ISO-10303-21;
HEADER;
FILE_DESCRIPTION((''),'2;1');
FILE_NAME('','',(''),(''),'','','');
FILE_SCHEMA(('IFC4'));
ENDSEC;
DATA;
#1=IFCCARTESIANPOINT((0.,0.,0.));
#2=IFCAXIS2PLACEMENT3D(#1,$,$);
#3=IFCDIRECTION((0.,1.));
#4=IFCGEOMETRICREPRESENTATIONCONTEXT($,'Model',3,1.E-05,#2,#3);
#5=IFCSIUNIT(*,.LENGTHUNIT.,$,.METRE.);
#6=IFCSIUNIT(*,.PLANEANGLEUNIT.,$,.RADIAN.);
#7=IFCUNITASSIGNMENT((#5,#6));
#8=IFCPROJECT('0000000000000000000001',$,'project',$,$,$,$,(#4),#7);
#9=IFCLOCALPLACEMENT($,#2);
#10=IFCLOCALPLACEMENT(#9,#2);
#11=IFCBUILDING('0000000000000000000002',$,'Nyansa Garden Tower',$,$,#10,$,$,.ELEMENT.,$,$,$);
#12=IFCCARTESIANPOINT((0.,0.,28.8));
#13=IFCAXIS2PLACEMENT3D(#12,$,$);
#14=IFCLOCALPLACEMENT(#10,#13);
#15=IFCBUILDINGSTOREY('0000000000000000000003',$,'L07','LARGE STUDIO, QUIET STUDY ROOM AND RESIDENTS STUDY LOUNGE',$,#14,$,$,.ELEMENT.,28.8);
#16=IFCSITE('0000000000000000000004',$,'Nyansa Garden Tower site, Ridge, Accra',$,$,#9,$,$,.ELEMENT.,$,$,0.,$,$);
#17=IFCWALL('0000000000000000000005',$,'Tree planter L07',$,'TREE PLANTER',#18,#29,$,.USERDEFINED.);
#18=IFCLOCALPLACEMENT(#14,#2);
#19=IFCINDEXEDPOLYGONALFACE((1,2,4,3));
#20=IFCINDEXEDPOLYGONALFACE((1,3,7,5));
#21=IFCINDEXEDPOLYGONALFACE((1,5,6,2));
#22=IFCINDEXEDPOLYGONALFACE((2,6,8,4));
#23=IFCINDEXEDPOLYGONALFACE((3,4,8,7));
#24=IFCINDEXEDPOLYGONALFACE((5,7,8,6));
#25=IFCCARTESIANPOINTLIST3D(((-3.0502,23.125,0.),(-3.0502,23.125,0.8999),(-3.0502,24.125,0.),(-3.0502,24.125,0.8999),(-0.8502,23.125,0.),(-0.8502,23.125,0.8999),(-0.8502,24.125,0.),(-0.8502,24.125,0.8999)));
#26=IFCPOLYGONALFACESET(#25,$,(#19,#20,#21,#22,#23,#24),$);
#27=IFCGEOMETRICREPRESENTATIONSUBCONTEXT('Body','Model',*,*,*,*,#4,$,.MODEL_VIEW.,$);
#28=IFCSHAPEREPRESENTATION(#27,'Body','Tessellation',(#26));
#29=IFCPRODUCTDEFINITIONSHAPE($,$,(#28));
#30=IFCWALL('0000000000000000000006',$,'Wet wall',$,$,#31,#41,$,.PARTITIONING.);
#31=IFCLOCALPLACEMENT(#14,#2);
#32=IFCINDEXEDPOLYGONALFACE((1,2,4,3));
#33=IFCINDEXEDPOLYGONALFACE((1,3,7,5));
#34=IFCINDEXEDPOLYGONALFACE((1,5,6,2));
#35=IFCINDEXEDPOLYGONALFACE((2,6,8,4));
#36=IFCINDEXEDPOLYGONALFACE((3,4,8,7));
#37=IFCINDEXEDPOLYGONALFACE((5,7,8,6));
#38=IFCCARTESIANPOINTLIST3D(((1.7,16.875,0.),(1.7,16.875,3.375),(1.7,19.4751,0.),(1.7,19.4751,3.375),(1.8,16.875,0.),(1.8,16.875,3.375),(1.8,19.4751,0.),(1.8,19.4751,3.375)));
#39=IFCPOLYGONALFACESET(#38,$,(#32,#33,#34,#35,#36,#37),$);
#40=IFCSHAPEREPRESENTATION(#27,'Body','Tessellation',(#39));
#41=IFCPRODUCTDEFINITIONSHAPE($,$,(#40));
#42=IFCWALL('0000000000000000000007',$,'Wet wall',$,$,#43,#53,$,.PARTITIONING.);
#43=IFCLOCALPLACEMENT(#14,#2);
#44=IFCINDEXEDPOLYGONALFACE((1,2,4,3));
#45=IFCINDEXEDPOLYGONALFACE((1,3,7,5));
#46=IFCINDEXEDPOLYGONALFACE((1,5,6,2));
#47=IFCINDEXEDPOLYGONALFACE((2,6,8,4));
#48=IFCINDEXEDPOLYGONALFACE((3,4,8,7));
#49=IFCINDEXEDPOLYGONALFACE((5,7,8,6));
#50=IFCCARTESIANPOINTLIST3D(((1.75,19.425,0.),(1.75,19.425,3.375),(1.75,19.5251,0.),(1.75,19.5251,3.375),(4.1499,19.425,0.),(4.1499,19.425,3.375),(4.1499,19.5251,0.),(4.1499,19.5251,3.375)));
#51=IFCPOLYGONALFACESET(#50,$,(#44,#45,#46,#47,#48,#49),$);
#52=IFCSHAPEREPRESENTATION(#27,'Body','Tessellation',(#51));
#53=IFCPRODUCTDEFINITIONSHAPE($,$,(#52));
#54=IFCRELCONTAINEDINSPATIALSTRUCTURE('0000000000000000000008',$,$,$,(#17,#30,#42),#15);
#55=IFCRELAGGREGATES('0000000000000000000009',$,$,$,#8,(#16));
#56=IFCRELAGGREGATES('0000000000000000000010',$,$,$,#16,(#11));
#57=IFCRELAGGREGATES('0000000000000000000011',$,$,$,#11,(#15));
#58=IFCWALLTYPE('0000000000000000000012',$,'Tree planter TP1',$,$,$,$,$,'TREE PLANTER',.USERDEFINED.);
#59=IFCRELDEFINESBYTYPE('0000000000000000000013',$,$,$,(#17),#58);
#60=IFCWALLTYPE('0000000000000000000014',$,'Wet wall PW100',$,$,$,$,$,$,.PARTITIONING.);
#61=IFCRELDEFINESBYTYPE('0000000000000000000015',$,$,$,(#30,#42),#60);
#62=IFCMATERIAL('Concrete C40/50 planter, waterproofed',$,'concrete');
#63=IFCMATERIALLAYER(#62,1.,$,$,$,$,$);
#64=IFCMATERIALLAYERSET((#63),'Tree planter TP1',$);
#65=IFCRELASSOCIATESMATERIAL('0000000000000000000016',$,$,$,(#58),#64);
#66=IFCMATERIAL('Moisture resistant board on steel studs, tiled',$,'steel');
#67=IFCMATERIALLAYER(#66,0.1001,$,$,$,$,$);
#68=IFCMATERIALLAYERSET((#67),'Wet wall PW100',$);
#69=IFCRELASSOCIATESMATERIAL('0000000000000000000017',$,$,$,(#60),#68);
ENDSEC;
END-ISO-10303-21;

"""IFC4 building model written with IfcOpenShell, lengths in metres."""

from ifc_helpers import new_model, si_unit, direction, frame, frame_2d, origin, place, context, subcontext, project, spatial, rectangle, extrude, material, layer, layer_set, type_object, element, save


model = new_model("IFC4")

# Units and contexts
model_context = context("Model", 3, precision=1e-05, world=origin(), true_north=direction((0.0, 1.0)))
body_context = subcontext(model_context, "Body", "Model", "MODEL_VIEW")
ifc_project = project(units=[si_unit("LENGTHUNIT", "METRE"), si_unit("PLANEANGLEUNIT", "RADIAN")], contexts=[model_context])

# Site, building, storey
site_placement = place(None, origin())
site = spatial("IfcSite", under=ifc_project, at=site_placement, Name="Nyansa Garden Tower site, Ridge, Accra", CompositionType="ELEMENT", RefElevation=0.0)
building_placement = place(site_placement, origin())
building = spatial("IfcBuilding", under=site, at=building_placement, Name="Nyansa Garden Tower", CompositionType="ELEMENT")
storey_placement = place(building_placement, frame((0.0, 0.0, 28.8)))
storey = spatial("IfcBuildingStorey", under=building, at=storey_placement, Name="L07", Description="LARGE STUDIO, QUIET STUDY ROOM AND RESIDENTS STUDY LOUNGE", CompositionType="ELEMENT", Elevation=28.8)

# Walls
ifc_material_1 = material(Name="Concrete C40/50 planter, waterproofed", Category="concrete")
ifc_layer_1 = layer(ifc_material_1, 1.0)
ifc_layer_set_1 = layer_set([ifc_layer_1], Name="Tree planter TP1")
wall_type_1 = type_object("IfcWallType", Name="Tree planter TP1", ElementType="TREE PLANTER", PredefinedType="USERDEFINED", material=ifc_layer_set_1)
wall_1_placement = place(storey_placement, frame((-0.8501, 23.625, 0.0), z_axis=(0.0, 0.0, 1.0), x_axis=(-1.0, 0.0, 0.0)))
element("IfcWall", 1, at=wall_1_placement, inside=storey, type_object=wall_type_1, Name="Tree planter L07", ObjectType="TREE PLANTER", PredefinedType="USERDEFINED", context=body_context, shape_type="SweptSolid", body=[
    extrude(rectangle(XDim=2.2, YDim=1.0, at=frame_2d((1.1001, 0.0))), origin(), (0.0, 0.0, 1.0), 0.8999),
])
ifc_material_2 = material(Name="Moisture resistant board on steel studs, tiled", Category="steel")
ifc_layer_2 = layer(ifc_material_2, 0.1001)
ifc_layer_set_2 = layer_set([ifc_layer_2], Name="Wet wall PW100")
wall_type_2 = type_object("IfcWallType", Name="Wet wall PW100", PredefinedType="PARTITIONING", material=ifc_layer_set_2)
wall_2_placement = place(storey_placement, frame((1.75, 16.875, 0.0), z_axis=(0.0, 0.0, 1.0), x_axis=(0.0, 1.0, 0.0)))
element("IfcWall", 2, at=wall_2_placement, inside=storey, type_object=wall_type_2, Name="Wet wall", PredefinedType="PARTITIONING", context=body_context, shape_type="SweptSolid", body=[
    extrude(rectangle(XDim=2.6001, YDim=0.1001, at=frame_2d((1.3, 0.0))), origin(), (0.0, 0.0, 1.0), 3.375),
])
wall_3_placement = place(storey_placement, frame((1.75, 19.4751, 0.0), z_axis=(0.0, 0.0, 1.0), x_axis=(1.0, 0.0, 0.0)))
element("IfcWall", 3, at=wall_3_placement, inside=storey, type_object=wall_type_2, Name="Wet wall", PredefinedType="PARTITIONING", context=body_context, shape_type="SweptSolid", body=[
    extrude(rectangle(XDim=2.3999, YDim=0.1001, at=frame_2d((1.2, 0.0))), origin(), (0.0, 0.0, 1.0), 3.375),
])

save(model, "model.ifc")
